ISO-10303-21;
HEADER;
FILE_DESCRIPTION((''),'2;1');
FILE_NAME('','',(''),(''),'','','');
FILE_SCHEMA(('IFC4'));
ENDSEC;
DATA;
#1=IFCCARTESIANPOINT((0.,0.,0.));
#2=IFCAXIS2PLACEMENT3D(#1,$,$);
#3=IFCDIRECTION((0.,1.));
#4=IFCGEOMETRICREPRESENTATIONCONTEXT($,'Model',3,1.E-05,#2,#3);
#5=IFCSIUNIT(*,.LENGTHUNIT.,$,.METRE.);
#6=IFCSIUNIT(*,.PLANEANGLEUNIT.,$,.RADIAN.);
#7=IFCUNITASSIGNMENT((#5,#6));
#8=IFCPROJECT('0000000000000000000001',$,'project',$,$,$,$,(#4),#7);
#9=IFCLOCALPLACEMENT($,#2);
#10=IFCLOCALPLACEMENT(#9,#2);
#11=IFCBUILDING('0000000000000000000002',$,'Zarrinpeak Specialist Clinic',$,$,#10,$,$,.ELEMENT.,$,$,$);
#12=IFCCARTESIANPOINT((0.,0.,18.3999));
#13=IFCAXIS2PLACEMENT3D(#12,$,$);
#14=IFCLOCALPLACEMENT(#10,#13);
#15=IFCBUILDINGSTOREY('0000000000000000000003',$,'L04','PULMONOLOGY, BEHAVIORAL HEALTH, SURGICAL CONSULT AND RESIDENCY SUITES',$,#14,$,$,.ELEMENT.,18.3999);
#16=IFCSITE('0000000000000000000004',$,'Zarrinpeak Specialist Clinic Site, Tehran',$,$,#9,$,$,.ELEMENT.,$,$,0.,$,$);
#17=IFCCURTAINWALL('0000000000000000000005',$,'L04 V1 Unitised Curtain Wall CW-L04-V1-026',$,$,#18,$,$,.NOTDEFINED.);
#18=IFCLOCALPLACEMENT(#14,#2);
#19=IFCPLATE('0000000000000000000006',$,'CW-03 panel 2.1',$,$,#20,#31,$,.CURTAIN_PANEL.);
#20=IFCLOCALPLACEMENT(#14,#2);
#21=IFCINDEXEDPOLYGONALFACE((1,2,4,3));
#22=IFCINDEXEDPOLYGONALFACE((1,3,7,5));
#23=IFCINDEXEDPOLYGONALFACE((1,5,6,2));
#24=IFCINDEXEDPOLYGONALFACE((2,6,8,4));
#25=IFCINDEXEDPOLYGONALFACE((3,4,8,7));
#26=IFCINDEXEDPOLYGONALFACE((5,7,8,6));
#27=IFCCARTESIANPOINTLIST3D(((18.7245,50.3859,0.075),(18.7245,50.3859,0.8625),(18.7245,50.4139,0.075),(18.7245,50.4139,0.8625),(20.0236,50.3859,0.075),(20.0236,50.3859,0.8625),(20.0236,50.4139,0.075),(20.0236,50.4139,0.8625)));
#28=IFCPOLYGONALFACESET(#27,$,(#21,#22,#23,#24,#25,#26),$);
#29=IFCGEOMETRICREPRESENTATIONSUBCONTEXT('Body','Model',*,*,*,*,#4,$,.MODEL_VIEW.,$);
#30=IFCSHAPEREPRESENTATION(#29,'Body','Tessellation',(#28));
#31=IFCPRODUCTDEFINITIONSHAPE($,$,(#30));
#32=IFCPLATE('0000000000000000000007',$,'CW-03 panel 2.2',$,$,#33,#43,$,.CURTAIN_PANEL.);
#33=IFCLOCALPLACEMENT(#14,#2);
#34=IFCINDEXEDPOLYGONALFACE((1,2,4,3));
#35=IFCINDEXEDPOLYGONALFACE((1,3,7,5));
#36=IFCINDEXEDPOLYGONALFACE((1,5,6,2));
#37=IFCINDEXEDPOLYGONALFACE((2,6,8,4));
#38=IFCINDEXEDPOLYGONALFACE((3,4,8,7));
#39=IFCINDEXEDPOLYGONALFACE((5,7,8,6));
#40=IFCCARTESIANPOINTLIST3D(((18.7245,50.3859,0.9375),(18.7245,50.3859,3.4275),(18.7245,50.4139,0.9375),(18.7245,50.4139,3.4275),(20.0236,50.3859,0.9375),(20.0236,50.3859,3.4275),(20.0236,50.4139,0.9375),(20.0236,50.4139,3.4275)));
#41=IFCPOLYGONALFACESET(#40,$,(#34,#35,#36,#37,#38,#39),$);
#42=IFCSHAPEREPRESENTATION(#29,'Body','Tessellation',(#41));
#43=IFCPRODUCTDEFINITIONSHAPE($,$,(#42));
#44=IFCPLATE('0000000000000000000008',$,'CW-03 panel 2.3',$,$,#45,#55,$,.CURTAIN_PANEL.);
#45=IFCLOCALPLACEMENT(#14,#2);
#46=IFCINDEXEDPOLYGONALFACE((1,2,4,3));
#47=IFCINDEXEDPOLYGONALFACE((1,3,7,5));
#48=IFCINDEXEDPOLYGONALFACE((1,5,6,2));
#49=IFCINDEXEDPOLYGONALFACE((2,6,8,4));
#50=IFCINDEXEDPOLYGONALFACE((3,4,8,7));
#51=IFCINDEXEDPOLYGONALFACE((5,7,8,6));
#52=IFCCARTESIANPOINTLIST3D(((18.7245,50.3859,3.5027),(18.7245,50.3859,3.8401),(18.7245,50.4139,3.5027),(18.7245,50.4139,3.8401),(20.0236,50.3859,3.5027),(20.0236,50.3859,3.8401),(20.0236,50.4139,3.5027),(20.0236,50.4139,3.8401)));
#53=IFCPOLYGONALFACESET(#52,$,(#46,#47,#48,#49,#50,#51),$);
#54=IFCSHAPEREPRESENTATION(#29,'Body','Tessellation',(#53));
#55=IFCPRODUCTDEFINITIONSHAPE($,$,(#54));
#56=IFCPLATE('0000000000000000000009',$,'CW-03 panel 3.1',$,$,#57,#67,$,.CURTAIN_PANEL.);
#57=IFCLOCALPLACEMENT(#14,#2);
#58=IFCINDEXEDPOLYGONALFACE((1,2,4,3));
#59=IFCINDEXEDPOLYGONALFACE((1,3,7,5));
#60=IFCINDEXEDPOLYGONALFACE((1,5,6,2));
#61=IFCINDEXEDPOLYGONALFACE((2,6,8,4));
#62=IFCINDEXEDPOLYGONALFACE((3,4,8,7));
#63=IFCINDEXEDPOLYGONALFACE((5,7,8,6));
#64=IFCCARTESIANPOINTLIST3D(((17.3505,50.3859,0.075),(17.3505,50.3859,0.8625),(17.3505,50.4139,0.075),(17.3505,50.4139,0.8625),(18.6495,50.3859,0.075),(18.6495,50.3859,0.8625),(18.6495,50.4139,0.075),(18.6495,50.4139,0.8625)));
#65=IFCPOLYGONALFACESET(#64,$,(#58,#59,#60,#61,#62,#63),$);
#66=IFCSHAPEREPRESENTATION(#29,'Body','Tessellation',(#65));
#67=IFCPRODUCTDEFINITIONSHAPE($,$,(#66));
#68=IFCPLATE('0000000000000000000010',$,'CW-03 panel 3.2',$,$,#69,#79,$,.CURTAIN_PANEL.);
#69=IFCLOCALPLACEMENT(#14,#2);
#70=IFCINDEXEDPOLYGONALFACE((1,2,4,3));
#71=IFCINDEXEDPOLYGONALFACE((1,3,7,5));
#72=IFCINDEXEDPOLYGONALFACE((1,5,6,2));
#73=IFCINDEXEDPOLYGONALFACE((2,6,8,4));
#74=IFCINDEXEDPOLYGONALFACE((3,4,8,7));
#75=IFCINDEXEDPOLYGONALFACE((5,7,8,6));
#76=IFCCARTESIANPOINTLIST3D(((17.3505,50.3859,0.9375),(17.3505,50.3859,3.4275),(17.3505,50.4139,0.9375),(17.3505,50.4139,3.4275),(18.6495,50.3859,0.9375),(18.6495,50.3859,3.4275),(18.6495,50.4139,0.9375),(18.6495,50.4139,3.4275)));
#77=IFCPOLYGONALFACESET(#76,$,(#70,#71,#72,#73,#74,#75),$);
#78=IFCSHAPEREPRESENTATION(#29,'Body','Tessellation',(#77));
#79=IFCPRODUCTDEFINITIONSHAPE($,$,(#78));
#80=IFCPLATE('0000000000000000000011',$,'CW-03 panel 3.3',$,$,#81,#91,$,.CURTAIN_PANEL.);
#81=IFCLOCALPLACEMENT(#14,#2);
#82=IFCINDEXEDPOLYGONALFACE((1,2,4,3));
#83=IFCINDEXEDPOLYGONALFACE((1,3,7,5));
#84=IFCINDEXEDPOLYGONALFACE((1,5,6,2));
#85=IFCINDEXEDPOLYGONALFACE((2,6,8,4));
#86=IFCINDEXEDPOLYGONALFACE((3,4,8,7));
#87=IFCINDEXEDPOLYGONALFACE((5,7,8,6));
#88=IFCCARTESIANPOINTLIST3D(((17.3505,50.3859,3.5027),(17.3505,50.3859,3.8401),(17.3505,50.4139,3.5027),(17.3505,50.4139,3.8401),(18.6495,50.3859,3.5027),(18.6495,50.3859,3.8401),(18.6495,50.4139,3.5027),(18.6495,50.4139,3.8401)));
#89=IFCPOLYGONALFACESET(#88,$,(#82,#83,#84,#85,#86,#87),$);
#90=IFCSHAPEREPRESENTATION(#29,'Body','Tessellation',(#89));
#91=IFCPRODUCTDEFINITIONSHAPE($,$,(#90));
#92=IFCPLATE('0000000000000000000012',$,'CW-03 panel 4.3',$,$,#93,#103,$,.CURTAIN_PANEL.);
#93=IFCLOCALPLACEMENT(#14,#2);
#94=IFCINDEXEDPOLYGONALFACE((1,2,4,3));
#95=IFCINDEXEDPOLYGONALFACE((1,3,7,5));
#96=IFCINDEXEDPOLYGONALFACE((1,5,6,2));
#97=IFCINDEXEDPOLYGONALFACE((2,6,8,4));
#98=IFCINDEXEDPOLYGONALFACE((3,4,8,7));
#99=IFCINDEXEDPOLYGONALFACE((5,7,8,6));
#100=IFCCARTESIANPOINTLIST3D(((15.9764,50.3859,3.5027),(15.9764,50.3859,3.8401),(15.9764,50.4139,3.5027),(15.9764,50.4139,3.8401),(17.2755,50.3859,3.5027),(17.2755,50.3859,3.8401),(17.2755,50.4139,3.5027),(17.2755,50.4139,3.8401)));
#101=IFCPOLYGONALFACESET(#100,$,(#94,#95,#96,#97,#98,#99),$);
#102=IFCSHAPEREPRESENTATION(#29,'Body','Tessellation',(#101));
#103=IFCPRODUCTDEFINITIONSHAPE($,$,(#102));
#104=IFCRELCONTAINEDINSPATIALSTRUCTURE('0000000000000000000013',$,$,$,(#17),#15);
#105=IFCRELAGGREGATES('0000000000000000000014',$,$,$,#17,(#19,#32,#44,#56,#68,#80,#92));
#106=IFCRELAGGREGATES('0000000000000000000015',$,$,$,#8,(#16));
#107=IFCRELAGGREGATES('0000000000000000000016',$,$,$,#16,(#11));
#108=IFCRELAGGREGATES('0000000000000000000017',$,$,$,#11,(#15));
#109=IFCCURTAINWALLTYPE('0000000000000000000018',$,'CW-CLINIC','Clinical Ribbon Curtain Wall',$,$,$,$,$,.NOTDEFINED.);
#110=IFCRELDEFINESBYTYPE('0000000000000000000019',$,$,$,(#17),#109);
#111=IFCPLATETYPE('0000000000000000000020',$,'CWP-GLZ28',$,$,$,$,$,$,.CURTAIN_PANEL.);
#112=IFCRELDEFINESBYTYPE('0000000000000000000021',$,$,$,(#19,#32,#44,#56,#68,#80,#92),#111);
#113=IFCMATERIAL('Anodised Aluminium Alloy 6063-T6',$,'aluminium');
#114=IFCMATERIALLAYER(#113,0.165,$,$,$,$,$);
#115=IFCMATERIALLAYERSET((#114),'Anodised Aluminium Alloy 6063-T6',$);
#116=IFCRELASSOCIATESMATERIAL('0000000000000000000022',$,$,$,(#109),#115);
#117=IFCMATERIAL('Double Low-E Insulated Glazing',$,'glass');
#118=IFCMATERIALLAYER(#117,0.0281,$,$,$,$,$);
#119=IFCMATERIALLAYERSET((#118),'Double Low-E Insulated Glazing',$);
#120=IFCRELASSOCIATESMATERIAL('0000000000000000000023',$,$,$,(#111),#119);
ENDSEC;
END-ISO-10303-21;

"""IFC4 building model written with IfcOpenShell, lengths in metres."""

from ifc_helpers import new_model, si_unit, direction, frame, origin, origin_2d, place, context, subcontext, project, spatial, rectangle, extrude, material, layer, layer_set, type_object, element, aggregate, save


model = new_model("IFC4")

# Units and contexts
model_context = context("Model", 3, precision=1e-05, world=origin(), true_north=direction((0.0, 1.0)))
body_context = subcontext(model_context, "Body", "Model", "MODEL_VIEW")
ifc_project = project(units=[si_unit("LENGTHUNIT", "METRE"), si_unit("PLANEANGLEUNIT", "RADIAN")], contexts=[model_context])

# Site, building, storey
site_placement = place(None, origin())
site = spatial("IfcSite", under=ifc_project, at=site_placement, Name="Zarrinpeak Specialist Clinic Site, Tehran", CompositionType="ELEMENT", RefElevation=0.0)
building_placement = place(site_placement, origin())
building = spatial("IfcBuilding", under=site, at=building_placement, Name="Zarrinpeak Specialist Clinic", CompositionType="ELEMENT")
storey_placement = place(building_placement, frame((0.0, 0.0, 18.3999)))
storey = spatial("IfcBuildingStorey", under=building, at=storey_placement, Name="L04", Description="PULMONOLOGY, BEHAVIORAL HEALTH, SURGICAL CONSULT AND RESIDENCY SUITES", CompositionType="ELEMENT", Elevation=18.3999)

# Curtain wall, plates
ifc_material_1 = material(Name="Anodised Aluminium Alloy 6063-T6", Category="aluminium")
ifc_layer_1 = layer(ifc_material_1, 0.165)
ifc_layer_set_1 = layer_set([ifc_layer_1], Name="Anodised Aluminium Alloy 6063-T6")
curtain_wall_type = type_object("IfcCurtainWallType", Name="CW-CLINIC", Description="Clinical Ribbon Curtain Wall", PredefinedType="NOTDEFINED", material=ifc_layer_set_1)
curtain_wall_placement = place(storey_placement, origin())
curtain_wall = element("IfcCurtainWall", 1, at=curtain_wall_placement, inside=storey, type_object=curtain_wall_type, Name="L04 V1 Unitised Curtain Wall CW-L04-V1-026", PredefinedType="NOTDEFINED")
ifc_material_2 = material(Name="Double Low-E Insulated Glazing", Category="glass")
ifc_layer_2 = layer(ifc_material_2, 0.0281)
ifc_layer_set_2 = layer_set([ifc_layer_2], Name="Double Low-E Insulated Glazing")
plate_type = type_object("IfcPlateType", Name="CWP-GLZ28", PredefinedType="CURTAIN_PANEL", material=ifc_layer_set_2)
plate_1_placement = place(storey_placement, frame((19.374, 50.3999, 0.075), z_axis=(0.0, 0.0, 1.0), x_axis=(-1.0, 0.0, 0.0)))
plate_1 = element("IfcPlate", 2, at=plate_1_placement, type_object=plate_type, Name="CW-03 panel 2.1", PredefinedType="CURTAIN_PANEL", context=body_context, shape_type="SweptSolid", body=[
    extrude(rectangle(XDim=1.2991, YDim=0.0281, at=origin_2d()), origin(), (0.0, 0.0, 1.0), 0.7876),
])
plate_2_placement = place(storey_placement, frame((19.374, 50.3999, 0.9375), z_axis=(0.0, 0.0, 1.0), x_axis=(-1.0, 0.0, 0.0)))
plate_2 = element("IfcPlate", 3, at=plate_2_placement, type_object=plate_type, Name="CW-03 panel 2.2", PredefinedType="CURTAIN_PANEL", context=body_context, shape_type="SweptSolid", body=[
    extrude(rectangle(XDim=1.2991, YDim=0.0281, at=origin_2d()), origin(), (0.0, 0.0, 1.0), 2.49),
])
plate_3_placement = place(storey_placement, frame((19.374, 50.3999, 3.5027), z_axis=(0.0, 0.0, 1.0), x_axis=(-1.0, 0.0, 0.0)))
plate_3 = element("IfcPlate", 4, at=plate_3_placement, type_object=plate_type, Name="CW-03 panel 2.3", PredefinedType="CURTAIN_PANEL", context=body_context, shape_type="SweptSolid", body=[
    extrude(rectangle(XDim=1.2991, YDim=0.0281, at=origin_2d()), origin(), (0.0, 0.0, 1.0), 0.3374),
])
plate_4_placement = place(storey_placement, frame((18.0, 50.3999, 0.075), z_axis=(0.0, 0.0, 1.0), x_axis=(-1.0, 0.0, 0.0)))
plate_4 = element("IfcPlate", 5, at=plate_4_placement, type_object=plate_type, Name="CW-03 panel 3.1", PredefinedType="CURTAIN_PANEL", context=body_context, shape_type="SweptSolid", body=[
    extrude(rectangle(XDim=1.2991, YDim=0.0281, at=origin_2d()), origin(), (0.0, 0.0, 1.0), 0.7876),
])
plate_5_placement = place(storey_placement, frame((18.0, 50.3999, 0.9375), z_axis=(0.0, 0.0, 1.0), x_axis=(-1.0, 0.0, 0.0)))
plate_5 = element("IfcPlate", 6, at=plate_5_placement, type_object=plate_type, Name="CW-03 panel 3.2", PredefinedType="CURTAIN_PANEL", context=body_context, shape_type="SweptSolid", body=[
    extrude(rectangle(XDim=1.2991, YDim=0.0281, at=origin_2d()), origin(), (0.0, 0.0, 1.0), 2.49),
])
plate_6_placement = place(storey_placement, frame((18.0, 50.3999, 3.5027), z_axis=(0.0, 0.0, 1.0), x_axis=(-1.0, 0.0, 0.0)))
plate_6 = element("IfcPlate", 7, at=plate_6_placement, type_object=plate_type, Name="CW-03 panel 3.3", PredefinedType="CURTAIN_PANEL", context=body_context, shape_type="SweptSolid", body=[
    extrude(rectangle(XDim=1.2991, YDim=0.0281, at=origin_2d()), origin(), (0.0, 0.0, 1.0), 0.3374),
])
plate_7_placement = place(storey_placement, frame((16.626, 50.3999, 3.5027), z_axis=(0.0, 0.0, 1.0), x_axis=(-1.0, 0.0, 0.0)))
plate_7 = element("IfcPlate", 8, at=plate_7_placement, type_object=plate_type, Name="CW-03 panel 4.3", PredefinedType="CURTAIN_PANEL", context=body_context, shape_type="SweptSolid", body=[
    extrude(rectangle(XDim=1.2991, YDim=0.0281, at=origin_2d()), origin(), (0.0, 0.0, 1.0), 0.3374),
])
aggregate(curtain_wall, [plate_1, plate_2, plate_3, plate_4, plate_5, plate_6, plate_7])

save(model, "model.ifc")
